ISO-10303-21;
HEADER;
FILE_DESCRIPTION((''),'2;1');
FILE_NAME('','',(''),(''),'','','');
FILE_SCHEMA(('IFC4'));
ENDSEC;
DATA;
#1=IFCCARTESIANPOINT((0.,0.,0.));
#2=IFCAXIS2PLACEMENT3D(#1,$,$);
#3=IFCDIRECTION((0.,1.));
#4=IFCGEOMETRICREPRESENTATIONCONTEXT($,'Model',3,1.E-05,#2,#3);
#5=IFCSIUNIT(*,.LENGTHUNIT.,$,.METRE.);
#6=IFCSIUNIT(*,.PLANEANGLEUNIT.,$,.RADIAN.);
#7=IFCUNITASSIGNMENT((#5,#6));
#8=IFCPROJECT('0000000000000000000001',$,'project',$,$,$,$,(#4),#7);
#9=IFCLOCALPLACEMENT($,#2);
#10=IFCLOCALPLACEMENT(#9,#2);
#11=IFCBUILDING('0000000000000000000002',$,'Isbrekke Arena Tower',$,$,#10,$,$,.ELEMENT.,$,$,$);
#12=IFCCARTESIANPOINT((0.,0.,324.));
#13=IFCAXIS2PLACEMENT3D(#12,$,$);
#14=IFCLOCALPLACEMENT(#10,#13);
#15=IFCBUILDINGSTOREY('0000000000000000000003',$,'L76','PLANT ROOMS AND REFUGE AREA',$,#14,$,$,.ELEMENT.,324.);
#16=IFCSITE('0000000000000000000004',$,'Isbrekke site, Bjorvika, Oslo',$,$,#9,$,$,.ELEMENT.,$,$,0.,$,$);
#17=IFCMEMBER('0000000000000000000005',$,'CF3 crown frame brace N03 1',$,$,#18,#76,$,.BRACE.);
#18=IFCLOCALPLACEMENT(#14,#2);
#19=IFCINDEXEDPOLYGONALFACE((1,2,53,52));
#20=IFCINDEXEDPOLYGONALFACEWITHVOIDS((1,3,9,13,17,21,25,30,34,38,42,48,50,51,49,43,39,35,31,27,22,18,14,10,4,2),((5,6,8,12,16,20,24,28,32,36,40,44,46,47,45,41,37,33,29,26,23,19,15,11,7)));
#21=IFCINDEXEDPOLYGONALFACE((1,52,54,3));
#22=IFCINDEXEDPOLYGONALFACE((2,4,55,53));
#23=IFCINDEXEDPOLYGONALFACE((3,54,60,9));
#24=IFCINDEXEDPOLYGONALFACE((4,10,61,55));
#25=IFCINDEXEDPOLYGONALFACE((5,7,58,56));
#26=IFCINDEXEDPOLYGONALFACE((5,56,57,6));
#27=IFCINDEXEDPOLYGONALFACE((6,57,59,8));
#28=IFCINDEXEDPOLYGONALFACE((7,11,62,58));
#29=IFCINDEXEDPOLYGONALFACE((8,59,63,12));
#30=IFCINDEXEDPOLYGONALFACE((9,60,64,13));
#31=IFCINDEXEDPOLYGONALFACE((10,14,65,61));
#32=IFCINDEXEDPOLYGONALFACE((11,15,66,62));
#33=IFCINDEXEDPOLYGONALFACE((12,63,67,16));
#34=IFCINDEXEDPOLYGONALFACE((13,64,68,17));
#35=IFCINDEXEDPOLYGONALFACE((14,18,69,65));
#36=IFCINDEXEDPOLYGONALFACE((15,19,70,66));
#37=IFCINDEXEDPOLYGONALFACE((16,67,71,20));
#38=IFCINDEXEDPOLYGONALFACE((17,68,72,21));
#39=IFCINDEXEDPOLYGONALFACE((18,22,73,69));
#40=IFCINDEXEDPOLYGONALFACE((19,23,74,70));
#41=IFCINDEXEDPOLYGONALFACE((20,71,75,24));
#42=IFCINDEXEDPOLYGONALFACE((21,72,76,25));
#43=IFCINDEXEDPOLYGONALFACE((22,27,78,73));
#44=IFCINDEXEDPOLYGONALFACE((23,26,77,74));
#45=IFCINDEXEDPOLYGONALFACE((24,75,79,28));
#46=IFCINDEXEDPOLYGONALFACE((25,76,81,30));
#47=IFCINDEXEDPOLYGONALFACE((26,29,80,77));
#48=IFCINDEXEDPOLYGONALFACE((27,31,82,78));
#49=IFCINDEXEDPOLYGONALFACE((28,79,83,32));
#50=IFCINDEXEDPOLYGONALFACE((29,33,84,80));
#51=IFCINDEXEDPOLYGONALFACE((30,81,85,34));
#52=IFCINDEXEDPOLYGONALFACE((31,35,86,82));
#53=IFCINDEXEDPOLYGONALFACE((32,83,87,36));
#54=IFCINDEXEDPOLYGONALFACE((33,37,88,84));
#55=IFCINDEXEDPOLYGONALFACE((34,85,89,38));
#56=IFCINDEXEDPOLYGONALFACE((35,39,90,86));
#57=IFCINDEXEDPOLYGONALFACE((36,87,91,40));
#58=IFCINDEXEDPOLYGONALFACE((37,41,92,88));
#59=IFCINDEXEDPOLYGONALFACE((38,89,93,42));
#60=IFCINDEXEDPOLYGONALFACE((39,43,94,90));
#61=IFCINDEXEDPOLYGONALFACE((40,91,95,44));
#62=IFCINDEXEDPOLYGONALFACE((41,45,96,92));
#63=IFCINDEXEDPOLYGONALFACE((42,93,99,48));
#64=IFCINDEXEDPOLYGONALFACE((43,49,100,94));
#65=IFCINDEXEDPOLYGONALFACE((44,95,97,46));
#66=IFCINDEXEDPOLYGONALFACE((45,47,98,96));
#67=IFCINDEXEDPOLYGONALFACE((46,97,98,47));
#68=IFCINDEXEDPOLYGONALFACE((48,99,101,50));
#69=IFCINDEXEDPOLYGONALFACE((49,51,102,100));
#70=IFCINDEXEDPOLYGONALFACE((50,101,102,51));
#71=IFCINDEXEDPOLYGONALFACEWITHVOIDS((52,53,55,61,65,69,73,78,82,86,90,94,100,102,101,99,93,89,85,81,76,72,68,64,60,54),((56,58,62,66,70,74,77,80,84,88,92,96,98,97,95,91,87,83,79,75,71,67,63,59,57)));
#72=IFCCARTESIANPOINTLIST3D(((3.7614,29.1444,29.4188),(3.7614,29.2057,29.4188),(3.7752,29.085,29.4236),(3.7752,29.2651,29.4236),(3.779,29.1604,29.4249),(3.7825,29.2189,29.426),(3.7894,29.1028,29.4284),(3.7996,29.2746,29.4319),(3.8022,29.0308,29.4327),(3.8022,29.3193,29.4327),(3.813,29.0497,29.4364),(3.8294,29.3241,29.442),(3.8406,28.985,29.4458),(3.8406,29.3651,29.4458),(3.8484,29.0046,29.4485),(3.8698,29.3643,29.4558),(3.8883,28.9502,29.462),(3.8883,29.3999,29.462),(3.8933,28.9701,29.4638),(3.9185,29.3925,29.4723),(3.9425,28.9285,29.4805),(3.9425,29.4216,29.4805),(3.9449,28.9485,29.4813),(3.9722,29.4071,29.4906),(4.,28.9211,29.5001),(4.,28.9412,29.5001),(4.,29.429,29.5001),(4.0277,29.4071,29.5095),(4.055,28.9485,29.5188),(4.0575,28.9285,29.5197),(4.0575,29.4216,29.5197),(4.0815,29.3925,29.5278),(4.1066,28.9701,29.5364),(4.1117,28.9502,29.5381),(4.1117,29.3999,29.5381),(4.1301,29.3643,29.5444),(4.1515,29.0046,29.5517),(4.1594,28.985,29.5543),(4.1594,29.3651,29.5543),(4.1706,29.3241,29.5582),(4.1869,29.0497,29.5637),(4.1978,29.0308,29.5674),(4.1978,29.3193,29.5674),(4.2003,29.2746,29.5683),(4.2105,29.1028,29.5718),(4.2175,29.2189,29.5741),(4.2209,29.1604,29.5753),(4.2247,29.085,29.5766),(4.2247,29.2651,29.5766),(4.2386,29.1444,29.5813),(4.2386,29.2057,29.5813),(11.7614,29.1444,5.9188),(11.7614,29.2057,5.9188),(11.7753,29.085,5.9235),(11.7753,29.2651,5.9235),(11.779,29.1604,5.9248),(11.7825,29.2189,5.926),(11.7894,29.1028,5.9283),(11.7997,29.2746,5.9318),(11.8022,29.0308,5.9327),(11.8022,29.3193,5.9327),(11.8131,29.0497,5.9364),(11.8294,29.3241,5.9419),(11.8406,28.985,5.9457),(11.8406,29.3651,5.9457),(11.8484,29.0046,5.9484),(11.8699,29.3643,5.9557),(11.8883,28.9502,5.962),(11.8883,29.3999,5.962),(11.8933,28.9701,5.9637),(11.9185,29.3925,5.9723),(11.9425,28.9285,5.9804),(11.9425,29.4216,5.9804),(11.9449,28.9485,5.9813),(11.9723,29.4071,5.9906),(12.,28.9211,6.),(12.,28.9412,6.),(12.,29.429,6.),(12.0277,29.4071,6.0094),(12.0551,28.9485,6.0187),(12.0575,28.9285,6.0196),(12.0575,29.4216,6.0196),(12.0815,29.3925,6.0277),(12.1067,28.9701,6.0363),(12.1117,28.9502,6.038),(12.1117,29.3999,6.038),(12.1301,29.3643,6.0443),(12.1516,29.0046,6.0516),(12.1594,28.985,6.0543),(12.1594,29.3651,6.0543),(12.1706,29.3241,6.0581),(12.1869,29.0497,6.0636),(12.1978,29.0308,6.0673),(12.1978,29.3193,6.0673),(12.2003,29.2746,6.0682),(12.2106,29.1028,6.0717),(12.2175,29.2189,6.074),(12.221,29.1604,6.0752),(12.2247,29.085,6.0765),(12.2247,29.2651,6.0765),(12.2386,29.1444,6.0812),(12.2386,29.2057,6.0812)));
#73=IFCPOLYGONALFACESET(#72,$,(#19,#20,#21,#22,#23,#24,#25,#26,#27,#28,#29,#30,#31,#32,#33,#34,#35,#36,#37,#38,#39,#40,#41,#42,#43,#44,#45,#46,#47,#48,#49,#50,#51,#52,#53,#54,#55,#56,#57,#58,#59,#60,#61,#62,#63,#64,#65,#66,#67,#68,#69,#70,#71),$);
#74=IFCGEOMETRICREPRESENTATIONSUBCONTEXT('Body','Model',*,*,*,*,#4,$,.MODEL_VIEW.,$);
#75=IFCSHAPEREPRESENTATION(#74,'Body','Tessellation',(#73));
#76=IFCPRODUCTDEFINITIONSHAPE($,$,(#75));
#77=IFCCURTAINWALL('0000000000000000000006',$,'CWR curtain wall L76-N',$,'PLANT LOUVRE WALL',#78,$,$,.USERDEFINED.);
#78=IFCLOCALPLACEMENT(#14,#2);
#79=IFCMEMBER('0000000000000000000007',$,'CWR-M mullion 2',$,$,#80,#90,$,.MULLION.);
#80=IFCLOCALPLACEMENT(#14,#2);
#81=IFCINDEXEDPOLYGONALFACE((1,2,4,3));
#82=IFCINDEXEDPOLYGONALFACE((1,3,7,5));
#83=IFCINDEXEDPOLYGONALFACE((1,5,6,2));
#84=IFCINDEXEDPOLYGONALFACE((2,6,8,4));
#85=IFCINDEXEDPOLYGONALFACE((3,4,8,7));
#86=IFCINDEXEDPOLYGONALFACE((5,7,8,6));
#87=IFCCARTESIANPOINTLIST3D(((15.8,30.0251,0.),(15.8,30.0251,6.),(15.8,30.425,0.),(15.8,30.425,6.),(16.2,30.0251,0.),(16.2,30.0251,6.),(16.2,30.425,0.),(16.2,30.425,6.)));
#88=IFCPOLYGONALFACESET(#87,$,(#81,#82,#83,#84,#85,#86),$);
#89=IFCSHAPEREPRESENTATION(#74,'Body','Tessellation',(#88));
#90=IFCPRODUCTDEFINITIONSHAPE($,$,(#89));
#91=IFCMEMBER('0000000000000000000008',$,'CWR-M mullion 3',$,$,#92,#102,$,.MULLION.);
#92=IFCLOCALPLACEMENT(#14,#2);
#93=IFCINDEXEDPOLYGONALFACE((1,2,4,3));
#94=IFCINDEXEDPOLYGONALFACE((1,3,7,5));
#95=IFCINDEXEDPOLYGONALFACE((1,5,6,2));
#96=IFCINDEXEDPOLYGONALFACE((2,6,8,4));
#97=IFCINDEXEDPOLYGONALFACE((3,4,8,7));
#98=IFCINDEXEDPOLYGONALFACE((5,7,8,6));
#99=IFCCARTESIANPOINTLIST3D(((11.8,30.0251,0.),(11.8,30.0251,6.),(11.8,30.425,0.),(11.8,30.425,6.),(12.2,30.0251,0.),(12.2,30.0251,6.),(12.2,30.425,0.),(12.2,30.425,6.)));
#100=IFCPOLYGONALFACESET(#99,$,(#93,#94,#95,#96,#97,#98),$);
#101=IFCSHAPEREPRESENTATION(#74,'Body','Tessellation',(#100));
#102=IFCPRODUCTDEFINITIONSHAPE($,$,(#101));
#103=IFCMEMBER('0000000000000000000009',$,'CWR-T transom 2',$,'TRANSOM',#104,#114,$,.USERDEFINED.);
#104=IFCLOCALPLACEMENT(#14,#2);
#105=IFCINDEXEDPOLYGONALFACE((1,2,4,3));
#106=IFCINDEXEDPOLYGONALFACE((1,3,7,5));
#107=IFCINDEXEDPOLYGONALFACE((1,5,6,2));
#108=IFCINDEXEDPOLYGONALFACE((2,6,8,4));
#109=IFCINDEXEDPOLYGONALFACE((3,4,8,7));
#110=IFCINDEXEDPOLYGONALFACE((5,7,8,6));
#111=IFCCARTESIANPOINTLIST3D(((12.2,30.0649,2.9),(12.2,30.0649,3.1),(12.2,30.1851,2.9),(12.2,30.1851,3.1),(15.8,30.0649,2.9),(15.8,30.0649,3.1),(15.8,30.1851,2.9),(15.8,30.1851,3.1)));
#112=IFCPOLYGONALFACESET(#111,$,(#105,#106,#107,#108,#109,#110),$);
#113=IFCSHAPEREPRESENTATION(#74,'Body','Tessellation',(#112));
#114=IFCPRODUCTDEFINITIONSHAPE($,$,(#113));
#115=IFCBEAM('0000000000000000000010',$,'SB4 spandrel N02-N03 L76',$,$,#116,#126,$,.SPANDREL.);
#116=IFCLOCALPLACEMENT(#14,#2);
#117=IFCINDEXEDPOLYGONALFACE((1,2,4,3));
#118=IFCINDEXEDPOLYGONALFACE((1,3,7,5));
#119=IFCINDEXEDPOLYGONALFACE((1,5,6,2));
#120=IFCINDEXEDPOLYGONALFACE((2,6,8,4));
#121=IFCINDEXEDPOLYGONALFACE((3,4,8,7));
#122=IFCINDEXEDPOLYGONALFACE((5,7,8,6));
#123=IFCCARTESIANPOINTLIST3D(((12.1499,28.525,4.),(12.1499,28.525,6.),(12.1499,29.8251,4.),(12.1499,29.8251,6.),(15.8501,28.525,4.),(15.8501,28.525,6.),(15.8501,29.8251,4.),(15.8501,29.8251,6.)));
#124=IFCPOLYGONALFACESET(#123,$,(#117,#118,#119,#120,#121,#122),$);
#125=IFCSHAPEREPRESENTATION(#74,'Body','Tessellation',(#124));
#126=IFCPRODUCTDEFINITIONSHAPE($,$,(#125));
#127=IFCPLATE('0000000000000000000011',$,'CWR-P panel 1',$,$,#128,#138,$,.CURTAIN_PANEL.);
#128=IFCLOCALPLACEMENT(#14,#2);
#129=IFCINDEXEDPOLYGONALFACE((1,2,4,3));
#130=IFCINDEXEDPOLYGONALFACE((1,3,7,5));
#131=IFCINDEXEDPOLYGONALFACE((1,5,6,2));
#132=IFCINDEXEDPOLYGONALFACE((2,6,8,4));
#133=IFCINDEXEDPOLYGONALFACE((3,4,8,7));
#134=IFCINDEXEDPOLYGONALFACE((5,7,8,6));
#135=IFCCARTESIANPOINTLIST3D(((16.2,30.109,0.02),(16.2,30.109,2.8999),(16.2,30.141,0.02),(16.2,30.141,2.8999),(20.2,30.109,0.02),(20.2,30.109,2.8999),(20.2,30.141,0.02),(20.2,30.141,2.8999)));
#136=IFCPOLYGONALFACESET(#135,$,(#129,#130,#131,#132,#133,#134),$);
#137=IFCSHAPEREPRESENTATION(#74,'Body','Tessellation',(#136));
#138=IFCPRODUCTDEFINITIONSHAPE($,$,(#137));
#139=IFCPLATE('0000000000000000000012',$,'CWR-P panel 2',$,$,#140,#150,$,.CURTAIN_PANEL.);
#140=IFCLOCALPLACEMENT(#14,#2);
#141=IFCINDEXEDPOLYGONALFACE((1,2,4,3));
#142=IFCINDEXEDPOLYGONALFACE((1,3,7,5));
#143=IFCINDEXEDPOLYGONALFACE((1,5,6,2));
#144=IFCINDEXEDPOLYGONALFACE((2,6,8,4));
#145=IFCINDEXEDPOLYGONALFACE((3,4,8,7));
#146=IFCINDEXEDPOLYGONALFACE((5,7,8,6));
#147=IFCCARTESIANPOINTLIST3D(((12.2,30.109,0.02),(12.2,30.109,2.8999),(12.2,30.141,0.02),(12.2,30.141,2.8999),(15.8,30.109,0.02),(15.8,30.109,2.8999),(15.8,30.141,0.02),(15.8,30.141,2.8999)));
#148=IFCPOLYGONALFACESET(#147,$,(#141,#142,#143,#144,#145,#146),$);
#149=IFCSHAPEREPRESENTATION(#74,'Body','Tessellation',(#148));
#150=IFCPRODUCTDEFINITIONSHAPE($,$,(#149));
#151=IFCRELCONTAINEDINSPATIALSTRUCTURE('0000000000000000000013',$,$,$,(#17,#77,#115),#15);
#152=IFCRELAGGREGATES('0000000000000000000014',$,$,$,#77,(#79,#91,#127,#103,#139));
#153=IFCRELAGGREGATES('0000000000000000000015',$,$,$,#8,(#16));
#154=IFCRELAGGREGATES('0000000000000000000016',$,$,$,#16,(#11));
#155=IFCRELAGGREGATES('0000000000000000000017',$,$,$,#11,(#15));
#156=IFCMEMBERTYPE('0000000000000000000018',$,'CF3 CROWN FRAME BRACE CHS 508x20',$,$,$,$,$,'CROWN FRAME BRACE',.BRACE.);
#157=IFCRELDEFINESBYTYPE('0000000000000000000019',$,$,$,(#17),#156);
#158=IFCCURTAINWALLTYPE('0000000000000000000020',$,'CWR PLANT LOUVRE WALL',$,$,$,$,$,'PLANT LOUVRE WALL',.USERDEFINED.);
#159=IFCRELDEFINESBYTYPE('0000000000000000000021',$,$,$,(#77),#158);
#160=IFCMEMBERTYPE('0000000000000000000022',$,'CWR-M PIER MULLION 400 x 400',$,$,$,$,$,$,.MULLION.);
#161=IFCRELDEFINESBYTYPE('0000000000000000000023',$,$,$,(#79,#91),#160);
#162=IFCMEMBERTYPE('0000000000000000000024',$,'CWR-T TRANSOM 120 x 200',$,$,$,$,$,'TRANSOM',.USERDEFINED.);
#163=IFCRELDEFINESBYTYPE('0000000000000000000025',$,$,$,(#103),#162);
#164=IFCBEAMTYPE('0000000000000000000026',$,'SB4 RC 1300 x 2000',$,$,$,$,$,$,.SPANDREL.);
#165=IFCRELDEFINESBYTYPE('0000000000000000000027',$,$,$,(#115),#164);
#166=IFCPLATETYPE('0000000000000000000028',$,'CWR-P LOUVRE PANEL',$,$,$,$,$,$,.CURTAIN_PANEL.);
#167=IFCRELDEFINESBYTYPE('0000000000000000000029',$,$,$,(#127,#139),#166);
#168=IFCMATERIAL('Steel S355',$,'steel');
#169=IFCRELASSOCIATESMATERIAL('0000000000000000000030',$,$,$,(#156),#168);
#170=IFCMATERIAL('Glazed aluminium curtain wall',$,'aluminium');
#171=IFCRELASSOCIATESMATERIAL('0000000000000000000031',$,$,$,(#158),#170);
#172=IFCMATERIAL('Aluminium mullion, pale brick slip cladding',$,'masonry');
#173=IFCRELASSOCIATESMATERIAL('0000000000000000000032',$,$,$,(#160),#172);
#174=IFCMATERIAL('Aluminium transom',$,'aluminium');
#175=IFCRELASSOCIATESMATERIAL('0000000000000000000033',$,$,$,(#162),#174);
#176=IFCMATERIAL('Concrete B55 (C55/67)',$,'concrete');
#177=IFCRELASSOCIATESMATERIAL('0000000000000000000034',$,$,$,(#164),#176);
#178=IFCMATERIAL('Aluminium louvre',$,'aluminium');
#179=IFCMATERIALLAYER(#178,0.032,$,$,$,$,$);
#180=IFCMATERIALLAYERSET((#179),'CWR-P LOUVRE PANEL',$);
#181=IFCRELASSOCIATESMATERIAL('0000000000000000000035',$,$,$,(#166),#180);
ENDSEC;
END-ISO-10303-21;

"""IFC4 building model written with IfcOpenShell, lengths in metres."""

from ifc_helpers import new_model, si_unit, direction, frame, origin, origin_2d, place, context, subcontext, project, spatial, rectangle, hollow_circle, extrude, material, layer, layer_set, material_profile, profile_set, type_object, element, aggregate, save


model = new_model("IFC4")

# Units and contexts
model_context = context("Model", 3, precision=1e-05, world=origin(), true_north=direction((0.0, 1.0)))
body_context = subcontext(model_context, "Body", "Model", "MODEL_VIEW")
ifc_project = project(units=[si_unit("LENGTHUNIT", "METRE"), si_unit("PLANEANGLEUNIT", "RADIAN")], contexts=[model_context])

# Site, building, storey
site_placement = place(None, origin())
site = spatial("IfcSite", under=ifc_project, at=site_placement, Name="Isbrekke site, Bjorvika, Oslo", CompositionType="ELEMENT", RefElevation=0.0)
building_placement = place(site_placement, origin())
building = spatial("IfcBuilding", under=site, at=building_placement, Name="Isbrekke Arena Tower", CompositionType="ELEMENT")
storey_placement = place(building_placement, frame((0.0, 0.0, 324.0)))
storey = spatial("IfcBuildingStorey", under=building, at=storey_placement, Name="L76", Description="PLANT ROOMS AND REFUGE AREA", CompositionType="ELEMENT", Elevation=324.0)

# Member
ifc_material_1 = material(Name="Steel S355", Category="steel")
ifc_material_profile_1 = material_profile(ifc_material_1, hollow_circle(Radius=0.2539, WallThickness=0.02, at=origin_2d()), Name="CHS 508x20")
ifc_profile_set_1 = profile_set([ifc_material_profile_1], Name="Steel S355")
member_type_1 = type_object("IfcMemberType", Name="CF3 CROWN FRAME BRACE CHS 508x20", ElementType="CROWN FRAME BRACE", PredefinedType="BRACE", material=ifc_profile_set_1)
member_1_placement = place(storey_placement, frame((12.0, 29.175, 6.0), z_axis=(-0.322264, 0.0, 0.94665), x_axis=(0.0, -1.0, 0.0)))
element("IfcMember", 1, at=member_1_placement, inside=storey, type_object=member_type_1, Name="CF3 crown frame brace N03 1", PredefinedType="BRACE", context=body_context, shape_type="SweptSolid", body=[
    extrude(hollow_circle(Radius=0.2539, WallThickness=0.02, at=origin_2d()), origin(), (0.0, 0.0, 1.0), 24.8245),
])

# Curtain wall, members
ifc_material_2 = material(Name="Glazed aluminium curtain wall", Category="aluminium")
curtain_wall_type = type_object("IfcCurtainWallType", Name="CWR PLANT LOUVRE WALL", ElementType="PLANT LOUVRE WALL", PredefinedType="USERDEFINED", material=ifc_material_2)
curtain_wall_placement = place(storey_placement, origin())
curtain_wall = element("IfcCurtainWall", 2, at=curtain_wall_placement, inside=storey, type_object=curtain_wall_type, Name="CWR curtain wall L76-N", ObjectType="PLANT LOUVRE WALL", PredefinedType="USERDEFINED")
ifc_material_3 = material(Name="Aluminium mullion, pale brick slip cladding", Category="masonry")
ifc_material_profile_2 = material_profile(ifc_material_3, rectangle(XDim=0.3999, YDim=0.3999, at=origin_2d()), Name="PIER 400X400")
ifc_profile_set_2 = profile_set([ifc_material_profile_2], Name="Aluminium mullion, pale brick slip cladding")
member_type_2 = type_object("IfcMemberType", Name="CWR-M PIER MULLION 400 x 400", PredefinedType="MULLION", material=ifc_profile_set_2)
member_2_placement = place(storey_placement, frame((16.0, 30.2251, 0.0), z_axis=(0.0, 0.0, 1.0), x_axis=(-1.0, 0.0, 0.0)))
member_2 = element("IfcMember", 3, at=member_2_placement, type_object=member_type_2, Name="CWR-M mullion 2", PredefinedType="MULLION", context=body_context, shape_type="SweptSolid", body=[
    extrude(rectangle(XDim=0.3999, YDim=0.3999, at=origin_2d()), origin(), (0.0, 0.0, 1.0), 6.0),
])
member_3_placement = place(storey_placement, frame((12.0, 30.2251, 0.0), z_axis=(0.0, 0.0, 1.0), x_axis=(-1.0, 0.0, 0.0)))
member_3 = element("IfcMember", 4, at=member_3_placement, type_object=member_type_2, Name="CWR-M mullion 3", PredefinedType="MULLION", context=body_context, shape_type="SweptSolid", body=[
    extrude(rectangle(XDim=0.3999, YDim=0.3999, at=origin_2d()), origin(), (0.0, 0.0, 1.0), 6.0),
])
ifc_material_4 = material(Name="Aluminium transom", Category="aluminium")
ifc_material_profile_3 = material_profile(ifc_material_4, rectangle(XDim=0.1201, YDim=0.2, at=origin_2d()), Name="TRANSOM 120X200")
ifc_profile_set_3 = profile_set([ifc_material_profile_3], Name="Aluminium transom")
member_type_3 = type_object("IfcMemberType", Name="CWR-T TRANSOM 120 x 200", ElementType="TRANSOM", PredefinedType="USERDEFINED", material=ifc_profile_set_3)
member_4_placement = place(storey_placement, frame((15.8, 30.125, 3.0), z_axis=(-1.0, 0.0, 0.0), x_axis=(0.0, -1.0, 0.0)))
member_4 = element("IfcMember", 5, at=member_4_placement, type_object=member_type_3, Name="CWR-T transom 2", ObjectType="TRANSOM", PredefinedType="USERDEFINED", context=body_context, shape_type="SweptSolid", body=[
    extrude(rectangle(XDim=0.1201, YDim=0.2, at=origin_2d()), origin(), (0.0, 0.0, 1.0), 3.6001),
])

# Beam
ifc_material_5 = material(Name="Concrete B55 (C55/67)", Category="concrete")
ifc_material_profile_4 = material_profile(ifc_material_5, rectangle(XDim=1.3, YDim=2.0, at=origin_2d()), Name="RC 1300x2000")
ifc_profile_set_4 = profile_set([ifc_material_profile_4], Name="Concrete B55 (C55/67)")
beam_type_1 = type_object("IfcBeamType", Name="SB4 RC 1300 x 2000", PredefinedType="SPANDREL", material=ifc_profile_set_4)
beam_1_placement = place(storey_placement, frame((15.8501, 29.175, 5.0), z_axis=(-1.0, 0.0, 0.0), x_axis=(0.0, -1.0, 0.0)))
element("IfcBeam", 6, at=beam_1_placement, inside=storey, type_object=beam_type_1, Name="SB4 spandrel N02-N03 L76", PredefinedType="SPANDREL", context=body_context, shape_type="SweptSolid", body=[
    extrude(rectangle(XDim=1.3, YDim=2.0, at=origin_2d()), origin(), (0.0, 0.0, 1.0), 3.7002),
])

# Plates
ifc_material_6 = material(Name="Aluminium louvre", Category="aluminium")
ifc_layer_1 = layer(ifc_material_6, 0.032)
ifc_layer_set_1 = layer_set([ifc_layer_1], Name="CWR-P LOUVRE PANEL")
plate_type = type_object("IfcPlateType", Name="CWR-P LOUVRE PANEL", PredefinedType="CURTAIN_PANEL", material=ifc_layer_set_1)
plate_1_placement = place(storey_placement, frame((18.2, 30.125, 0.02), z_axis=(0.0, 0.0, 1.0), x_axis=(-1.0, 0.0, 0.0)))
plate_1 = element("IfcPlate", 7, at=plate_1_placement, type_object=plate_type, Name="CWR-P panel 1", PredefinedType="CURTAIN_PANEL", context=body_context, shape_type="SweptSolid", body=[
    extrude(rectangle(XDim=4.0, YDim=0.032, at=origin_2d()), origin(), (0.0, 0.0, 1.0), 2.8799),
])
plate_2_placement = place(storey_placement, frame((14.0, 30.125, 0.02), z_axis=(0.0, 0.0, 1.0), x_axis=(-1.0, 0.0, 0.0)))
plate_2 = element("IfcPlate", 8, at=plate_2_placement, type_object=plate_type, Name="CWR-P panel 2", PredefinedType="CURTAIN_PANEL", context=body_context, shape_type="SweptSolid", body=[
    extrude(rectangle(XDim=3.6001, YDim=0.032, at=origin_2d()), origin(), (0.0, 0.0, 1.0), 2.8799),
])
aggregate(curtain_wall, [member_2, member_3, plate_1, member_4, plate_2])

save(model, "model.ifc")
